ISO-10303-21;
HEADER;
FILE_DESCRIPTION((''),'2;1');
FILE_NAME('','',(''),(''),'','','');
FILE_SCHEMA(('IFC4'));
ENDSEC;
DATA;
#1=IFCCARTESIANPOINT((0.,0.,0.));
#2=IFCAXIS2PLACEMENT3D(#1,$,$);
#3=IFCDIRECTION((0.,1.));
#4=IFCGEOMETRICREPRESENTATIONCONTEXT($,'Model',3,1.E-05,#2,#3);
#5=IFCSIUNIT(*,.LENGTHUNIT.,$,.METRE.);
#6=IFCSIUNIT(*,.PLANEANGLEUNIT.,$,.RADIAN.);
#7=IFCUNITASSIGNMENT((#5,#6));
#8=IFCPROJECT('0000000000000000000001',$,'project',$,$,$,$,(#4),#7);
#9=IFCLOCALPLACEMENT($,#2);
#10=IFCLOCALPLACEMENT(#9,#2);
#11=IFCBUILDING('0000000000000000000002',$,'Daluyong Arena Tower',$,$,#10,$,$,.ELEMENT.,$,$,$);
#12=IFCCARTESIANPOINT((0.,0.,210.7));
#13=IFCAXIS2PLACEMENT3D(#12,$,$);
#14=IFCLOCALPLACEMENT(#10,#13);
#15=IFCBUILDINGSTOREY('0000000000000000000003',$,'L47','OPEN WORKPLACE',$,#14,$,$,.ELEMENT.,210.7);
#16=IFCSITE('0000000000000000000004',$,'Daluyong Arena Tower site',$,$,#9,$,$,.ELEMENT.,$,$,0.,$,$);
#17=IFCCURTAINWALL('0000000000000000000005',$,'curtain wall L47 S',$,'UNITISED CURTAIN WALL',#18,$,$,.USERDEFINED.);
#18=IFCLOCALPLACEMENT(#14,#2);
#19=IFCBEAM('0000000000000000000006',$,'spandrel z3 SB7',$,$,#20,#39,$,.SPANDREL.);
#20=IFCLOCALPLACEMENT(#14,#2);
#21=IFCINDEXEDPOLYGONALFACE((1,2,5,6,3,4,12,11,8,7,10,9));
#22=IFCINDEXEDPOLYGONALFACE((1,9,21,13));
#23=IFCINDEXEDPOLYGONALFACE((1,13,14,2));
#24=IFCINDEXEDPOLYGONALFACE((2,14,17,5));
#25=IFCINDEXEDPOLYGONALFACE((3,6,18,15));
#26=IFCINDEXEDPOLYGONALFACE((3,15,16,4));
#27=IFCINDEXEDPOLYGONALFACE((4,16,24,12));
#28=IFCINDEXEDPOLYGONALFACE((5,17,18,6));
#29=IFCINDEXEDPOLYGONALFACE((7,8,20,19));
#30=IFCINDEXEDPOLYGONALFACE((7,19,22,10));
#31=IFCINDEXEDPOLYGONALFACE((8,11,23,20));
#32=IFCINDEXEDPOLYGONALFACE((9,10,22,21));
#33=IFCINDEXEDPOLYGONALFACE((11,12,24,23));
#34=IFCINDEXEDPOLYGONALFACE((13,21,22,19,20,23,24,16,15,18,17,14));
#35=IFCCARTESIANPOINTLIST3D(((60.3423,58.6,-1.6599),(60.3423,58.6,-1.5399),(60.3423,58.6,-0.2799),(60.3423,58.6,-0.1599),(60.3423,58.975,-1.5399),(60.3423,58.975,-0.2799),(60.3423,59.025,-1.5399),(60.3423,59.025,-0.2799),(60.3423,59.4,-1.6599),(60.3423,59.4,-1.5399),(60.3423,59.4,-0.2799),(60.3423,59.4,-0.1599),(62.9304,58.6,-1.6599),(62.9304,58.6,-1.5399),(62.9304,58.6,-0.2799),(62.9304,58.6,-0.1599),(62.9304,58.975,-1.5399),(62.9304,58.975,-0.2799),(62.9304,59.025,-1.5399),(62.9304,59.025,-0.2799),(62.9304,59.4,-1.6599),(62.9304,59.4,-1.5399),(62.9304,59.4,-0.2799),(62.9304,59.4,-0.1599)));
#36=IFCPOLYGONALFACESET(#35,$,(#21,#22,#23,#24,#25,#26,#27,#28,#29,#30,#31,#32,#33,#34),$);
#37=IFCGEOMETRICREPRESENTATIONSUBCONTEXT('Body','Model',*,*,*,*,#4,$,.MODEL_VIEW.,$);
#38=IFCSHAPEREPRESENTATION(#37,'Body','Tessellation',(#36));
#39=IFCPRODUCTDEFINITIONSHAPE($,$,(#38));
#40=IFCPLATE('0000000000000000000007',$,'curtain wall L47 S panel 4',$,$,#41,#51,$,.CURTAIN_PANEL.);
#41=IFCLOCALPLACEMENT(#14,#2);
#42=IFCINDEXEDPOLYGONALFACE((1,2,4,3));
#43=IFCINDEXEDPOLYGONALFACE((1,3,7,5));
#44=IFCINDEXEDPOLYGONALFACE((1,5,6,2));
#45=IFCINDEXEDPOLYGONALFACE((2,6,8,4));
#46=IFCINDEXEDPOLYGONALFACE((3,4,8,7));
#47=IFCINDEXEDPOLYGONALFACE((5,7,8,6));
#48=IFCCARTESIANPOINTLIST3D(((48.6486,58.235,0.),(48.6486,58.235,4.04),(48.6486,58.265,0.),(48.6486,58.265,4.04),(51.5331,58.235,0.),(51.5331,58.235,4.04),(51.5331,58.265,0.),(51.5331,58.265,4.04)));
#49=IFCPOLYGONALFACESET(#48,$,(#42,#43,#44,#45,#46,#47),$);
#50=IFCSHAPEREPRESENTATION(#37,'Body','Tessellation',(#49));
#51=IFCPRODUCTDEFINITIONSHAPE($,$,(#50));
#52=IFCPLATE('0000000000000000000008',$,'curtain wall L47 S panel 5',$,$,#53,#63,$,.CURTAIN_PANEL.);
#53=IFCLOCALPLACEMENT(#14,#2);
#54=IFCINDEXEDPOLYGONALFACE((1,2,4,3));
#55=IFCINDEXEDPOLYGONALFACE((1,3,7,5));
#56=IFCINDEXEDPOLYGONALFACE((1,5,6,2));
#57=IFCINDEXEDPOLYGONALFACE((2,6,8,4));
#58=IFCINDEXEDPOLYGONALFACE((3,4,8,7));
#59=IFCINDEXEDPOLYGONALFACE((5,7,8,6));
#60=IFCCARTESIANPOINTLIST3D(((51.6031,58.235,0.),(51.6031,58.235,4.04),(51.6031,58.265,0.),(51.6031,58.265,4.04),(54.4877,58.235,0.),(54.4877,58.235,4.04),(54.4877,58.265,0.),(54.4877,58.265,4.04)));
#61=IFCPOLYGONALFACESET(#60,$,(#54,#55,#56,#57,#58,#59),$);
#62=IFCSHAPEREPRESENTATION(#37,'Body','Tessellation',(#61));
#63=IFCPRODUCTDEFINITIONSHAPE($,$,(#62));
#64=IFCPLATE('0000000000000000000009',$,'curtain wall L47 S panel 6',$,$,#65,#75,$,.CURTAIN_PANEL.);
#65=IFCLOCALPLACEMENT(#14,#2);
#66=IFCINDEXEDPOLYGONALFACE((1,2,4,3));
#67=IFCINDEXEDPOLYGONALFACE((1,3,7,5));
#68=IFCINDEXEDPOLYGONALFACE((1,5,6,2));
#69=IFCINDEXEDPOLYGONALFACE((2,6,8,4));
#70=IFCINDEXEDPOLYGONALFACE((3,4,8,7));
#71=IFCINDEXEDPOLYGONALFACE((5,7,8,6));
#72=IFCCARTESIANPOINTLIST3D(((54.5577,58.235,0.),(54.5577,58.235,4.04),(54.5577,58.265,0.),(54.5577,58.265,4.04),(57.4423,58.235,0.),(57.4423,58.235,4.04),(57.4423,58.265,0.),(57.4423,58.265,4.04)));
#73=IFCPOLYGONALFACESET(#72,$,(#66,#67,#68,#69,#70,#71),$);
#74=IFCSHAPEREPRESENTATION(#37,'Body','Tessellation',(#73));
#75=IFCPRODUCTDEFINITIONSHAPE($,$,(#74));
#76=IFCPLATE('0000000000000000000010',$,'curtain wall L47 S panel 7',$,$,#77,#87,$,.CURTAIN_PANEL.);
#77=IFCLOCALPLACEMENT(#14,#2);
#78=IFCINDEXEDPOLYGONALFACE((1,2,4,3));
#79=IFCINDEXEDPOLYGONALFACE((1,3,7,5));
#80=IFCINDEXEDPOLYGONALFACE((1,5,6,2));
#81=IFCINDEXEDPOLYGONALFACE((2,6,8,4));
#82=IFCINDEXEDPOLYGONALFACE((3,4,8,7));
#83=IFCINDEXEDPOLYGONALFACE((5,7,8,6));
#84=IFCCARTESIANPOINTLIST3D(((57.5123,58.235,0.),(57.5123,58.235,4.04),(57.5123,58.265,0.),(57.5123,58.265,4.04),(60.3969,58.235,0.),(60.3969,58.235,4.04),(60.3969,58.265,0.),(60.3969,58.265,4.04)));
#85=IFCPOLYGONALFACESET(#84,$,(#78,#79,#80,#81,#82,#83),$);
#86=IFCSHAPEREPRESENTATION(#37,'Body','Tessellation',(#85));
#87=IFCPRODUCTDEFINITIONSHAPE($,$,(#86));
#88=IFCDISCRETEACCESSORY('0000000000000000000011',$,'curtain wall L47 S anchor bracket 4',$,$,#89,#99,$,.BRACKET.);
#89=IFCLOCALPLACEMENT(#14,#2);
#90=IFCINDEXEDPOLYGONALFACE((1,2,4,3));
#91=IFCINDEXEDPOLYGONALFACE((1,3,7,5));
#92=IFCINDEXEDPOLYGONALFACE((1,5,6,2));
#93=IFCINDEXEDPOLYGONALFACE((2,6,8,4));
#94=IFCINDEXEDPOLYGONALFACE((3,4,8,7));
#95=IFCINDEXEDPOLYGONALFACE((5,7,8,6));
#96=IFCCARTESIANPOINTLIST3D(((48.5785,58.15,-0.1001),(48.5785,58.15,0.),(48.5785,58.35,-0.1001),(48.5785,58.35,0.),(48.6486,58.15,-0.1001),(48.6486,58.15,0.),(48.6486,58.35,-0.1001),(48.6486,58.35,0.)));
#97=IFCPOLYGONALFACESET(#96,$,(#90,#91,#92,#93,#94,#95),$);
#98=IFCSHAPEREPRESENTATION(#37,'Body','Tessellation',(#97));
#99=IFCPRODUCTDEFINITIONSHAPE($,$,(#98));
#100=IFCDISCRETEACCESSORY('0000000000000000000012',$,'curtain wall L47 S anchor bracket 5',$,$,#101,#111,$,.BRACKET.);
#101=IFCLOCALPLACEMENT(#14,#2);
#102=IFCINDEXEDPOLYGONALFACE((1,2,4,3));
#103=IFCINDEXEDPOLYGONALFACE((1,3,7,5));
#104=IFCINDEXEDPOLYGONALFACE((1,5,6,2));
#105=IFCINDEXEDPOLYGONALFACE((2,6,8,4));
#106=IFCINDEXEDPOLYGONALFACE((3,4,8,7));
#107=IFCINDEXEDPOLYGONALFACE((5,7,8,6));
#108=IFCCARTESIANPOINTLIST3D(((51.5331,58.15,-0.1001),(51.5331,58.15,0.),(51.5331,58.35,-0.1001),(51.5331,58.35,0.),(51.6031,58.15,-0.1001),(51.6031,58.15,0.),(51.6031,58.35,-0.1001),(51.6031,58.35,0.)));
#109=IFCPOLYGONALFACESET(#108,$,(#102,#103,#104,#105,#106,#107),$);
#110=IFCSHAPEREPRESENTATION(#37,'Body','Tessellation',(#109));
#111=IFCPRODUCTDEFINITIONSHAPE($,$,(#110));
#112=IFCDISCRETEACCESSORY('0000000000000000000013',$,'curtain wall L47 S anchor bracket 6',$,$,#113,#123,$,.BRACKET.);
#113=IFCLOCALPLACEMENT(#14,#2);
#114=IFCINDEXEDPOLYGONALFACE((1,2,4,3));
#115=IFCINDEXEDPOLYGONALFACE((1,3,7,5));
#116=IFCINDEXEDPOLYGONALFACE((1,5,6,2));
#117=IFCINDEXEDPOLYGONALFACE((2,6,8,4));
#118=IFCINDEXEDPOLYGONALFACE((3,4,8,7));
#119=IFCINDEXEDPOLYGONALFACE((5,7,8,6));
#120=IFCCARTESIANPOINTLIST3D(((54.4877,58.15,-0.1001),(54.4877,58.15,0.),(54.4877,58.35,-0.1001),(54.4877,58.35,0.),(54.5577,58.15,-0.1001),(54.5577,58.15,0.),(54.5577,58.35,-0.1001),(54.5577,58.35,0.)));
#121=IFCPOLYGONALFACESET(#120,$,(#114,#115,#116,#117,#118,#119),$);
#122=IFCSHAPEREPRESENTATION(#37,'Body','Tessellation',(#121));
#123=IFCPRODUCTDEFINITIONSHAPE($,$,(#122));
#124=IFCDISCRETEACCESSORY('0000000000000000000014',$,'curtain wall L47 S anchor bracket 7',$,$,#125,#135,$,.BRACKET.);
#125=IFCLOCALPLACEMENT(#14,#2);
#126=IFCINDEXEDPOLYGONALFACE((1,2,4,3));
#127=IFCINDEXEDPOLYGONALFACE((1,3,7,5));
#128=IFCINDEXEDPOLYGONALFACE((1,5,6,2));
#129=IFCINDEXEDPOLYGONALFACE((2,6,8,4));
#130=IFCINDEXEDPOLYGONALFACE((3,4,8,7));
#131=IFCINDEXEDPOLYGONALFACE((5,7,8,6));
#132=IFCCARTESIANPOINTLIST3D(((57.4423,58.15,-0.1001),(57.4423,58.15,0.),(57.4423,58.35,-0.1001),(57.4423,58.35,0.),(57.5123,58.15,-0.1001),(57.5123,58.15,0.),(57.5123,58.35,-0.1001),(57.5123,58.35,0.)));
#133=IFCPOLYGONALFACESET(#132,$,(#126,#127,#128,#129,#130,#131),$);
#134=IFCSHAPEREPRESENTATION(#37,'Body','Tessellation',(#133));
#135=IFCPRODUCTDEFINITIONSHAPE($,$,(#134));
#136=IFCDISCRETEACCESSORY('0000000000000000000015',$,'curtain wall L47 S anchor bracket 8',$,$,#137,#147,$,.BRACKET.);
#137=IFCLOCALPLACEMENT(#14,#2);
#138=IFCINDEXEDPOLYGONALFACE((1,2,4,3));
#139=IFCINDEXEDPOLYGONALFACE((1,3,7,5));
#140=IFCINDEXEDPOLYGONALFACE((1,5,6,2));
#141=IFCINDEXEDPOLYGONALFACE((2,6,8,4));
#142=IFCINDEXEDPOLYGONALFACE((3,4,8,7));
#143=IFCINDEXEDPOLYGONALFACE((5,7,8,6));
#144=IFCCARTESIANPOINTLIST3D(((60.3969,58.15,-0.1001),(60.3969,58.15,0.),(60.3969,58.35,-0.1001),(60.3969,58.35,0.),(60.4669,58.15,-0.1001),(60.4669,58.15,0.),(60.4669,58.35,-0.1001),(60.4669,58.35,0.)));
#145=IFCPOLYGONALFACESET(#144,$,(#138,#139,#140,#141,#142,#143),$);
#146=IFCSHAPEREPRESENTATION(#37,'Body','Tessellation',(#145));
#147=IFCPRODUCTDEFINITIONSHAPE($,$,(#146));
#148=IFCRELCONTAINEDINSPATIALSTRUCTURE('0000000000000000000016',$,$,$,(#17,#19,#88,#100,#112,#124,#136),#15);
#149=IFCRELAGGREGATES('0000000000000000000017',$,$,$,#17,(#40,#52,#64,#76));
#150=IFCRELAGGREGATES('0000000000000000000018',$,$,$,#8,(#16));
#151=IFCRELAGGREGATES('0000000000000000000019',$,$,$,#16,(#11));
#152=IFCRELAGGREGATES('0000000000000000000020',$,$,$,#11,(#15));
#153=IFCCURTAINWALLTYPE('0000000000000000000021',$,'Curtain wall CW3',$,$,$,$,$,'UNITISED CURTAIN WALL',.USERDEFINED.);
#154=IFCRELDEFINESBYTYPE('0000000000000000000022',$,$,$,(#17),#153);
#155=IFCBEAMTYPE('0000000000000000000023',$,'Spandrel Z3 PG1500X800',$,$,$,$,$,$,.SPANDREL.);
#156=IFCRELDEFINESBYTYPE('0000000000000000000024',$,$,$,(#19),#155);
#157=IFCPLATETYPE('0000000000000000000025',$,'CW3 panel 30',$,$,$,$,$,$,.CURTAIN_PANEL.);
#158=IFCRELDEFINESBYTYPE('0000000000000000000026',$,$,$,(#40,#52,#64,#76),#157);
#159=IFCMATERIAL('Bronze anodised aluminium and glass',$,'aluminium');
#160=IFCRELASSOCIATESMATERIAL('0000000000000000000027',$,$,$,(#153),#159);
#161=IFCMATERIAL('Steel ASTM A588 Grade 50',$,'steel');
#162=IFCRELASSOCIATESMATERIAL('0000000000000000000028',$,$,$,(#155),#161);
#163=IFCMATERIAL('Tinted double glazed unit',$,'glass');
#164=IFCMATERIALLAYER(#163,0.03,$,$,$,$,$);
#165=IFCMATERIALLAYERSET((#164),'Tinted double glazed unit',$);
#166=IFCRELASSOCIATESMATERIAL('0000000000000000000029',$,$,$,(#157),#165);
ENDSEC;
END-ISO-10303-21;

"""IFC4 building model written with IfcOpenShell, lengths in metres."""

from ifc_helpers import new_model, si_unit, direction, frame, origin, origin_2d, place, context, subcontext, project, spatial, rectangle, i_section, extrude, material, layer, layer_set, material_profile, profile_set, type_object, element, aggregate, save


model = new_model("IFC4")

# Units and contexts
model_context = context("Model", 3, precision=1e-05, world=origin(), true_north=direction((0.0, 1.0)))
body_context = subcontext(model_context, "Body", "Model", "MODEL_VIEW")
ifc_project = project(units=[si_unit("LENGTHUNIT", "METRE"), si_unit("PLANEANGLEUNIT", "RADIAN")], contexts=[model_context])

# Site, building, storey
site_placement = place(None, origin())
site = spatial("IfcSite", under=ifc_project, at=site_placement, Name="Daluyong Arena Tower site", CompositionType="ELEMENT", RefElevation=0.0)
building_placement = place(site_placement, origin())
building = spatial("IfcBuilding", under=site, at=building_placement, Name="Daluyong Arena Tower", CompositionType="ELEMENT")
storey_placement = place(building_placement, frame((0.0, 0.0, 210.7)))
storey = spatial("IfcBuildingStorey", under=building, at=storey_placement, Name="L47", Description="OPEN WORKPLACE", CompositionType="ELEMENT", Elevation=210.7)

# Curtain wall
ifc_material_1 = material(Name="Bronze anodised aluminium and glass", Category="aluminium")
curtain_wall_type = type_object("IfcCurtainWallType", Name="Curtain wall CW3", ElementType="UNITISED CURTAIN WALL", PredefinedType="USERDEFINED", material=ifc_material_1)
curtain_wall_placement = place(storey_placement, origin())
curtain_wall = element("IfcCurtainWall", 1, at=curtain_wall_placement, inside=storey, type_object=curtain_wall_type, Name="curtain wall L47 S", ObjectType="UNITISED CURTAIN WALL", PredefinedType="USERDEFINED")

# Beam
ifc_material_2 = material(Name="Steel ASTM A588 Grade 50", Category="steel")
ifc_material_profile_1 = material_profile(ifc_material_2, i_section(OverallWidth=0.8, OverallDepth=1.5, WebThickness=0.05, FlangeThickness=0.12, at=origin_2d()))
ifc_profile_set_1 = profile_set([ifc_material_profile_1], Name="Steel ASTM A588 Grade 50")
beam_type_1 = type_object("IfcBeamType", Name="Spandrel Z3 PG1500X800", PredefinedType="SPANDREL", material=ifc_profile_set_1)
for number, where, z_axis, x_axis, name in (
    (2, (60.3423, 59.0, -0.9099), (1.0, 0.0, 0.0), (0.0, 1.0, 0.0), "spandrel z3 SB7"),
):
    element("IfcBeam", number, at=place(storey_placement, frame(where, z_axis=z_axis, x_axis=x_axis)), inside=storey, type_object=beam_type_1, Name=name, PredefinedType="SPANDREL", context=body_context, shape_type="SweptSolid", body=[
        extrude(i_section(OverallWidth=0.8, OverallDepth=1.5, WebThickness=0.05, FlangeThickness=0.12, at=origin_2d()), origin(), (0.0, 0.0, 1.0), 2.5881),
    ])

# Plates
ifc_material_3 = material(Name="Tinted double glazed unit", Category="glass")
ifc_layer = layer(ifc_material_3, 0.03)
ifc_layer_set = layer_set([ifc_layer], Name="Tinted double glazed unit")
plate_type = type_object("IfcPlateType", Name="CW3 panel 30", PredefinedType="CURTAIN_PANEL", material=ifc_layer_set)
plate_1_placement = place(storey_placement, frame((50.0908, 58.25, 0.0), z_axis=(0.0, 0.0, 1.0), x_axis=(1.0, 0.0, 0.0)))
plate_1 = element("IfcPlate", 3, at=plate_1_placement, type_object=plate_type, Name="curtain wall L47 S panel 4", PredefinedType="CURTAIN_PANEL", context=body_context, shape_type="SweptSolid", body=[
    extrude(rectangle(XDim=2.8845, YDim=0.03, at=origin_2d()), origin(), (0.0, 0.0, 1.0), 4.04),
])
plate_2_placement = place(storey_placement, frame((53.0454, 58.25, 0.0), z_axis=(0.0, 0.0, 1.0), x_axis=(1.0, 0.0, 0.0)))
plate_2 = element("IfcPlate", 4, at=plate_2_placement, type_object=plate_type, Name="curtain wall L47 S panel 5", PredefinedType="CURTAIN_PANEL", context=body_context, shape_type="SweptSolid", body=[
    extrude(rectangle(XDim=2.8845, YDim=0.03, at=origin_2d()), origin(), (0.0, 0.0, 1.0), 4.04),
])
plate_3_placement = place(storey_placement, frame((56.0, 58.25, 0.0), z_axis=(0.0, 0.0, 1.0), x_axis=(1.0, 0.0, 0.0)))
plate_3 = element("IfcPlate", 5, at=plate_3_placement, type_object=plate_type, Name="curtain wall L47 S panel 6", PredefinedType="CURTAIN_PANEL", context=body_context, shape_type="SweptSolid", body=[
    extrude(rectangle(XDim=2.8845, YDim=0.03, at=origin_2d()), origin(), (0.0, 0.0, 1.0), 4.04),
])
plate_4_placement = place(storey_placement, frame((58.9546, 58.25, 0.0), z_axis=(0.0, 0.0, 1.0), x_axis=(1.0, 0.0, 0.0)))
plate_4 = element("IfcPlate", 6, at=plate_4_placement, type_object=plate_type, Name="curtain wall L47 S panel 7", PredefinedType="CURTAIN_PANEL", context=body_context, shape_type="SweptSolid", body=[
    extrude(rectangle(XDim=2.8845, YDim=0.03, at=origin_2d()), origin(), (0.0, 0.0, 1.0), 4.04),
])
aggregate(curtain_wall, [plate_1, plate_2, plate_3, plate_4])

# Discrete accessories
for number, where, z_axis, x_axis, name in (
    (7, (48.6135, 58.25, -0.1001), (0.0, 0.0, 1.0), (1.0, 0.0, 0.0), "curtain wall L47 S anchor bracket 4"),
    (8, (51.5681, 58.25, -0.1001), (0.0, 0.0, 1.0), (1.0, 0.0, 0.0), "curtain wall L47 S anchor bracket 5"),
    (9, (54.5227, 58.25, -0.1001), (0.0, 0.0, 1.0), (1.0, 0.0, 0.0), "curtain wall L47 S anchor bracket 6"),
    (10, (57.4773, 58.25, -0.1001), (0.0, 0.0, 1.0), (1.0, 0.0, 0.0), "curtain wall L47 S anchor bracket 7"),
    (11, (60.4319, 58.25, -0.1001), (0.0, 0.0, 1.0), (1.0, 0.0, 0.0), "curtain wall L47 S anchor bracket 8"),
):
    element("IfcDiscreteAccessory", number, at=place(storey_placement, frame(where, z_axis=z_axis, x_axis=x_axis)), inside=storey, Name=name, PredefinedType="BRACKET", context=body_context, shape_type="SweptSolid", body=[
        extrude(rectangle(XDim=0.0701, YDim=0.2, at=origin_2d()), origin(), (0.0, 0.0, 1.0), 0.1001),
    ])

save(model, "model.ifc")
